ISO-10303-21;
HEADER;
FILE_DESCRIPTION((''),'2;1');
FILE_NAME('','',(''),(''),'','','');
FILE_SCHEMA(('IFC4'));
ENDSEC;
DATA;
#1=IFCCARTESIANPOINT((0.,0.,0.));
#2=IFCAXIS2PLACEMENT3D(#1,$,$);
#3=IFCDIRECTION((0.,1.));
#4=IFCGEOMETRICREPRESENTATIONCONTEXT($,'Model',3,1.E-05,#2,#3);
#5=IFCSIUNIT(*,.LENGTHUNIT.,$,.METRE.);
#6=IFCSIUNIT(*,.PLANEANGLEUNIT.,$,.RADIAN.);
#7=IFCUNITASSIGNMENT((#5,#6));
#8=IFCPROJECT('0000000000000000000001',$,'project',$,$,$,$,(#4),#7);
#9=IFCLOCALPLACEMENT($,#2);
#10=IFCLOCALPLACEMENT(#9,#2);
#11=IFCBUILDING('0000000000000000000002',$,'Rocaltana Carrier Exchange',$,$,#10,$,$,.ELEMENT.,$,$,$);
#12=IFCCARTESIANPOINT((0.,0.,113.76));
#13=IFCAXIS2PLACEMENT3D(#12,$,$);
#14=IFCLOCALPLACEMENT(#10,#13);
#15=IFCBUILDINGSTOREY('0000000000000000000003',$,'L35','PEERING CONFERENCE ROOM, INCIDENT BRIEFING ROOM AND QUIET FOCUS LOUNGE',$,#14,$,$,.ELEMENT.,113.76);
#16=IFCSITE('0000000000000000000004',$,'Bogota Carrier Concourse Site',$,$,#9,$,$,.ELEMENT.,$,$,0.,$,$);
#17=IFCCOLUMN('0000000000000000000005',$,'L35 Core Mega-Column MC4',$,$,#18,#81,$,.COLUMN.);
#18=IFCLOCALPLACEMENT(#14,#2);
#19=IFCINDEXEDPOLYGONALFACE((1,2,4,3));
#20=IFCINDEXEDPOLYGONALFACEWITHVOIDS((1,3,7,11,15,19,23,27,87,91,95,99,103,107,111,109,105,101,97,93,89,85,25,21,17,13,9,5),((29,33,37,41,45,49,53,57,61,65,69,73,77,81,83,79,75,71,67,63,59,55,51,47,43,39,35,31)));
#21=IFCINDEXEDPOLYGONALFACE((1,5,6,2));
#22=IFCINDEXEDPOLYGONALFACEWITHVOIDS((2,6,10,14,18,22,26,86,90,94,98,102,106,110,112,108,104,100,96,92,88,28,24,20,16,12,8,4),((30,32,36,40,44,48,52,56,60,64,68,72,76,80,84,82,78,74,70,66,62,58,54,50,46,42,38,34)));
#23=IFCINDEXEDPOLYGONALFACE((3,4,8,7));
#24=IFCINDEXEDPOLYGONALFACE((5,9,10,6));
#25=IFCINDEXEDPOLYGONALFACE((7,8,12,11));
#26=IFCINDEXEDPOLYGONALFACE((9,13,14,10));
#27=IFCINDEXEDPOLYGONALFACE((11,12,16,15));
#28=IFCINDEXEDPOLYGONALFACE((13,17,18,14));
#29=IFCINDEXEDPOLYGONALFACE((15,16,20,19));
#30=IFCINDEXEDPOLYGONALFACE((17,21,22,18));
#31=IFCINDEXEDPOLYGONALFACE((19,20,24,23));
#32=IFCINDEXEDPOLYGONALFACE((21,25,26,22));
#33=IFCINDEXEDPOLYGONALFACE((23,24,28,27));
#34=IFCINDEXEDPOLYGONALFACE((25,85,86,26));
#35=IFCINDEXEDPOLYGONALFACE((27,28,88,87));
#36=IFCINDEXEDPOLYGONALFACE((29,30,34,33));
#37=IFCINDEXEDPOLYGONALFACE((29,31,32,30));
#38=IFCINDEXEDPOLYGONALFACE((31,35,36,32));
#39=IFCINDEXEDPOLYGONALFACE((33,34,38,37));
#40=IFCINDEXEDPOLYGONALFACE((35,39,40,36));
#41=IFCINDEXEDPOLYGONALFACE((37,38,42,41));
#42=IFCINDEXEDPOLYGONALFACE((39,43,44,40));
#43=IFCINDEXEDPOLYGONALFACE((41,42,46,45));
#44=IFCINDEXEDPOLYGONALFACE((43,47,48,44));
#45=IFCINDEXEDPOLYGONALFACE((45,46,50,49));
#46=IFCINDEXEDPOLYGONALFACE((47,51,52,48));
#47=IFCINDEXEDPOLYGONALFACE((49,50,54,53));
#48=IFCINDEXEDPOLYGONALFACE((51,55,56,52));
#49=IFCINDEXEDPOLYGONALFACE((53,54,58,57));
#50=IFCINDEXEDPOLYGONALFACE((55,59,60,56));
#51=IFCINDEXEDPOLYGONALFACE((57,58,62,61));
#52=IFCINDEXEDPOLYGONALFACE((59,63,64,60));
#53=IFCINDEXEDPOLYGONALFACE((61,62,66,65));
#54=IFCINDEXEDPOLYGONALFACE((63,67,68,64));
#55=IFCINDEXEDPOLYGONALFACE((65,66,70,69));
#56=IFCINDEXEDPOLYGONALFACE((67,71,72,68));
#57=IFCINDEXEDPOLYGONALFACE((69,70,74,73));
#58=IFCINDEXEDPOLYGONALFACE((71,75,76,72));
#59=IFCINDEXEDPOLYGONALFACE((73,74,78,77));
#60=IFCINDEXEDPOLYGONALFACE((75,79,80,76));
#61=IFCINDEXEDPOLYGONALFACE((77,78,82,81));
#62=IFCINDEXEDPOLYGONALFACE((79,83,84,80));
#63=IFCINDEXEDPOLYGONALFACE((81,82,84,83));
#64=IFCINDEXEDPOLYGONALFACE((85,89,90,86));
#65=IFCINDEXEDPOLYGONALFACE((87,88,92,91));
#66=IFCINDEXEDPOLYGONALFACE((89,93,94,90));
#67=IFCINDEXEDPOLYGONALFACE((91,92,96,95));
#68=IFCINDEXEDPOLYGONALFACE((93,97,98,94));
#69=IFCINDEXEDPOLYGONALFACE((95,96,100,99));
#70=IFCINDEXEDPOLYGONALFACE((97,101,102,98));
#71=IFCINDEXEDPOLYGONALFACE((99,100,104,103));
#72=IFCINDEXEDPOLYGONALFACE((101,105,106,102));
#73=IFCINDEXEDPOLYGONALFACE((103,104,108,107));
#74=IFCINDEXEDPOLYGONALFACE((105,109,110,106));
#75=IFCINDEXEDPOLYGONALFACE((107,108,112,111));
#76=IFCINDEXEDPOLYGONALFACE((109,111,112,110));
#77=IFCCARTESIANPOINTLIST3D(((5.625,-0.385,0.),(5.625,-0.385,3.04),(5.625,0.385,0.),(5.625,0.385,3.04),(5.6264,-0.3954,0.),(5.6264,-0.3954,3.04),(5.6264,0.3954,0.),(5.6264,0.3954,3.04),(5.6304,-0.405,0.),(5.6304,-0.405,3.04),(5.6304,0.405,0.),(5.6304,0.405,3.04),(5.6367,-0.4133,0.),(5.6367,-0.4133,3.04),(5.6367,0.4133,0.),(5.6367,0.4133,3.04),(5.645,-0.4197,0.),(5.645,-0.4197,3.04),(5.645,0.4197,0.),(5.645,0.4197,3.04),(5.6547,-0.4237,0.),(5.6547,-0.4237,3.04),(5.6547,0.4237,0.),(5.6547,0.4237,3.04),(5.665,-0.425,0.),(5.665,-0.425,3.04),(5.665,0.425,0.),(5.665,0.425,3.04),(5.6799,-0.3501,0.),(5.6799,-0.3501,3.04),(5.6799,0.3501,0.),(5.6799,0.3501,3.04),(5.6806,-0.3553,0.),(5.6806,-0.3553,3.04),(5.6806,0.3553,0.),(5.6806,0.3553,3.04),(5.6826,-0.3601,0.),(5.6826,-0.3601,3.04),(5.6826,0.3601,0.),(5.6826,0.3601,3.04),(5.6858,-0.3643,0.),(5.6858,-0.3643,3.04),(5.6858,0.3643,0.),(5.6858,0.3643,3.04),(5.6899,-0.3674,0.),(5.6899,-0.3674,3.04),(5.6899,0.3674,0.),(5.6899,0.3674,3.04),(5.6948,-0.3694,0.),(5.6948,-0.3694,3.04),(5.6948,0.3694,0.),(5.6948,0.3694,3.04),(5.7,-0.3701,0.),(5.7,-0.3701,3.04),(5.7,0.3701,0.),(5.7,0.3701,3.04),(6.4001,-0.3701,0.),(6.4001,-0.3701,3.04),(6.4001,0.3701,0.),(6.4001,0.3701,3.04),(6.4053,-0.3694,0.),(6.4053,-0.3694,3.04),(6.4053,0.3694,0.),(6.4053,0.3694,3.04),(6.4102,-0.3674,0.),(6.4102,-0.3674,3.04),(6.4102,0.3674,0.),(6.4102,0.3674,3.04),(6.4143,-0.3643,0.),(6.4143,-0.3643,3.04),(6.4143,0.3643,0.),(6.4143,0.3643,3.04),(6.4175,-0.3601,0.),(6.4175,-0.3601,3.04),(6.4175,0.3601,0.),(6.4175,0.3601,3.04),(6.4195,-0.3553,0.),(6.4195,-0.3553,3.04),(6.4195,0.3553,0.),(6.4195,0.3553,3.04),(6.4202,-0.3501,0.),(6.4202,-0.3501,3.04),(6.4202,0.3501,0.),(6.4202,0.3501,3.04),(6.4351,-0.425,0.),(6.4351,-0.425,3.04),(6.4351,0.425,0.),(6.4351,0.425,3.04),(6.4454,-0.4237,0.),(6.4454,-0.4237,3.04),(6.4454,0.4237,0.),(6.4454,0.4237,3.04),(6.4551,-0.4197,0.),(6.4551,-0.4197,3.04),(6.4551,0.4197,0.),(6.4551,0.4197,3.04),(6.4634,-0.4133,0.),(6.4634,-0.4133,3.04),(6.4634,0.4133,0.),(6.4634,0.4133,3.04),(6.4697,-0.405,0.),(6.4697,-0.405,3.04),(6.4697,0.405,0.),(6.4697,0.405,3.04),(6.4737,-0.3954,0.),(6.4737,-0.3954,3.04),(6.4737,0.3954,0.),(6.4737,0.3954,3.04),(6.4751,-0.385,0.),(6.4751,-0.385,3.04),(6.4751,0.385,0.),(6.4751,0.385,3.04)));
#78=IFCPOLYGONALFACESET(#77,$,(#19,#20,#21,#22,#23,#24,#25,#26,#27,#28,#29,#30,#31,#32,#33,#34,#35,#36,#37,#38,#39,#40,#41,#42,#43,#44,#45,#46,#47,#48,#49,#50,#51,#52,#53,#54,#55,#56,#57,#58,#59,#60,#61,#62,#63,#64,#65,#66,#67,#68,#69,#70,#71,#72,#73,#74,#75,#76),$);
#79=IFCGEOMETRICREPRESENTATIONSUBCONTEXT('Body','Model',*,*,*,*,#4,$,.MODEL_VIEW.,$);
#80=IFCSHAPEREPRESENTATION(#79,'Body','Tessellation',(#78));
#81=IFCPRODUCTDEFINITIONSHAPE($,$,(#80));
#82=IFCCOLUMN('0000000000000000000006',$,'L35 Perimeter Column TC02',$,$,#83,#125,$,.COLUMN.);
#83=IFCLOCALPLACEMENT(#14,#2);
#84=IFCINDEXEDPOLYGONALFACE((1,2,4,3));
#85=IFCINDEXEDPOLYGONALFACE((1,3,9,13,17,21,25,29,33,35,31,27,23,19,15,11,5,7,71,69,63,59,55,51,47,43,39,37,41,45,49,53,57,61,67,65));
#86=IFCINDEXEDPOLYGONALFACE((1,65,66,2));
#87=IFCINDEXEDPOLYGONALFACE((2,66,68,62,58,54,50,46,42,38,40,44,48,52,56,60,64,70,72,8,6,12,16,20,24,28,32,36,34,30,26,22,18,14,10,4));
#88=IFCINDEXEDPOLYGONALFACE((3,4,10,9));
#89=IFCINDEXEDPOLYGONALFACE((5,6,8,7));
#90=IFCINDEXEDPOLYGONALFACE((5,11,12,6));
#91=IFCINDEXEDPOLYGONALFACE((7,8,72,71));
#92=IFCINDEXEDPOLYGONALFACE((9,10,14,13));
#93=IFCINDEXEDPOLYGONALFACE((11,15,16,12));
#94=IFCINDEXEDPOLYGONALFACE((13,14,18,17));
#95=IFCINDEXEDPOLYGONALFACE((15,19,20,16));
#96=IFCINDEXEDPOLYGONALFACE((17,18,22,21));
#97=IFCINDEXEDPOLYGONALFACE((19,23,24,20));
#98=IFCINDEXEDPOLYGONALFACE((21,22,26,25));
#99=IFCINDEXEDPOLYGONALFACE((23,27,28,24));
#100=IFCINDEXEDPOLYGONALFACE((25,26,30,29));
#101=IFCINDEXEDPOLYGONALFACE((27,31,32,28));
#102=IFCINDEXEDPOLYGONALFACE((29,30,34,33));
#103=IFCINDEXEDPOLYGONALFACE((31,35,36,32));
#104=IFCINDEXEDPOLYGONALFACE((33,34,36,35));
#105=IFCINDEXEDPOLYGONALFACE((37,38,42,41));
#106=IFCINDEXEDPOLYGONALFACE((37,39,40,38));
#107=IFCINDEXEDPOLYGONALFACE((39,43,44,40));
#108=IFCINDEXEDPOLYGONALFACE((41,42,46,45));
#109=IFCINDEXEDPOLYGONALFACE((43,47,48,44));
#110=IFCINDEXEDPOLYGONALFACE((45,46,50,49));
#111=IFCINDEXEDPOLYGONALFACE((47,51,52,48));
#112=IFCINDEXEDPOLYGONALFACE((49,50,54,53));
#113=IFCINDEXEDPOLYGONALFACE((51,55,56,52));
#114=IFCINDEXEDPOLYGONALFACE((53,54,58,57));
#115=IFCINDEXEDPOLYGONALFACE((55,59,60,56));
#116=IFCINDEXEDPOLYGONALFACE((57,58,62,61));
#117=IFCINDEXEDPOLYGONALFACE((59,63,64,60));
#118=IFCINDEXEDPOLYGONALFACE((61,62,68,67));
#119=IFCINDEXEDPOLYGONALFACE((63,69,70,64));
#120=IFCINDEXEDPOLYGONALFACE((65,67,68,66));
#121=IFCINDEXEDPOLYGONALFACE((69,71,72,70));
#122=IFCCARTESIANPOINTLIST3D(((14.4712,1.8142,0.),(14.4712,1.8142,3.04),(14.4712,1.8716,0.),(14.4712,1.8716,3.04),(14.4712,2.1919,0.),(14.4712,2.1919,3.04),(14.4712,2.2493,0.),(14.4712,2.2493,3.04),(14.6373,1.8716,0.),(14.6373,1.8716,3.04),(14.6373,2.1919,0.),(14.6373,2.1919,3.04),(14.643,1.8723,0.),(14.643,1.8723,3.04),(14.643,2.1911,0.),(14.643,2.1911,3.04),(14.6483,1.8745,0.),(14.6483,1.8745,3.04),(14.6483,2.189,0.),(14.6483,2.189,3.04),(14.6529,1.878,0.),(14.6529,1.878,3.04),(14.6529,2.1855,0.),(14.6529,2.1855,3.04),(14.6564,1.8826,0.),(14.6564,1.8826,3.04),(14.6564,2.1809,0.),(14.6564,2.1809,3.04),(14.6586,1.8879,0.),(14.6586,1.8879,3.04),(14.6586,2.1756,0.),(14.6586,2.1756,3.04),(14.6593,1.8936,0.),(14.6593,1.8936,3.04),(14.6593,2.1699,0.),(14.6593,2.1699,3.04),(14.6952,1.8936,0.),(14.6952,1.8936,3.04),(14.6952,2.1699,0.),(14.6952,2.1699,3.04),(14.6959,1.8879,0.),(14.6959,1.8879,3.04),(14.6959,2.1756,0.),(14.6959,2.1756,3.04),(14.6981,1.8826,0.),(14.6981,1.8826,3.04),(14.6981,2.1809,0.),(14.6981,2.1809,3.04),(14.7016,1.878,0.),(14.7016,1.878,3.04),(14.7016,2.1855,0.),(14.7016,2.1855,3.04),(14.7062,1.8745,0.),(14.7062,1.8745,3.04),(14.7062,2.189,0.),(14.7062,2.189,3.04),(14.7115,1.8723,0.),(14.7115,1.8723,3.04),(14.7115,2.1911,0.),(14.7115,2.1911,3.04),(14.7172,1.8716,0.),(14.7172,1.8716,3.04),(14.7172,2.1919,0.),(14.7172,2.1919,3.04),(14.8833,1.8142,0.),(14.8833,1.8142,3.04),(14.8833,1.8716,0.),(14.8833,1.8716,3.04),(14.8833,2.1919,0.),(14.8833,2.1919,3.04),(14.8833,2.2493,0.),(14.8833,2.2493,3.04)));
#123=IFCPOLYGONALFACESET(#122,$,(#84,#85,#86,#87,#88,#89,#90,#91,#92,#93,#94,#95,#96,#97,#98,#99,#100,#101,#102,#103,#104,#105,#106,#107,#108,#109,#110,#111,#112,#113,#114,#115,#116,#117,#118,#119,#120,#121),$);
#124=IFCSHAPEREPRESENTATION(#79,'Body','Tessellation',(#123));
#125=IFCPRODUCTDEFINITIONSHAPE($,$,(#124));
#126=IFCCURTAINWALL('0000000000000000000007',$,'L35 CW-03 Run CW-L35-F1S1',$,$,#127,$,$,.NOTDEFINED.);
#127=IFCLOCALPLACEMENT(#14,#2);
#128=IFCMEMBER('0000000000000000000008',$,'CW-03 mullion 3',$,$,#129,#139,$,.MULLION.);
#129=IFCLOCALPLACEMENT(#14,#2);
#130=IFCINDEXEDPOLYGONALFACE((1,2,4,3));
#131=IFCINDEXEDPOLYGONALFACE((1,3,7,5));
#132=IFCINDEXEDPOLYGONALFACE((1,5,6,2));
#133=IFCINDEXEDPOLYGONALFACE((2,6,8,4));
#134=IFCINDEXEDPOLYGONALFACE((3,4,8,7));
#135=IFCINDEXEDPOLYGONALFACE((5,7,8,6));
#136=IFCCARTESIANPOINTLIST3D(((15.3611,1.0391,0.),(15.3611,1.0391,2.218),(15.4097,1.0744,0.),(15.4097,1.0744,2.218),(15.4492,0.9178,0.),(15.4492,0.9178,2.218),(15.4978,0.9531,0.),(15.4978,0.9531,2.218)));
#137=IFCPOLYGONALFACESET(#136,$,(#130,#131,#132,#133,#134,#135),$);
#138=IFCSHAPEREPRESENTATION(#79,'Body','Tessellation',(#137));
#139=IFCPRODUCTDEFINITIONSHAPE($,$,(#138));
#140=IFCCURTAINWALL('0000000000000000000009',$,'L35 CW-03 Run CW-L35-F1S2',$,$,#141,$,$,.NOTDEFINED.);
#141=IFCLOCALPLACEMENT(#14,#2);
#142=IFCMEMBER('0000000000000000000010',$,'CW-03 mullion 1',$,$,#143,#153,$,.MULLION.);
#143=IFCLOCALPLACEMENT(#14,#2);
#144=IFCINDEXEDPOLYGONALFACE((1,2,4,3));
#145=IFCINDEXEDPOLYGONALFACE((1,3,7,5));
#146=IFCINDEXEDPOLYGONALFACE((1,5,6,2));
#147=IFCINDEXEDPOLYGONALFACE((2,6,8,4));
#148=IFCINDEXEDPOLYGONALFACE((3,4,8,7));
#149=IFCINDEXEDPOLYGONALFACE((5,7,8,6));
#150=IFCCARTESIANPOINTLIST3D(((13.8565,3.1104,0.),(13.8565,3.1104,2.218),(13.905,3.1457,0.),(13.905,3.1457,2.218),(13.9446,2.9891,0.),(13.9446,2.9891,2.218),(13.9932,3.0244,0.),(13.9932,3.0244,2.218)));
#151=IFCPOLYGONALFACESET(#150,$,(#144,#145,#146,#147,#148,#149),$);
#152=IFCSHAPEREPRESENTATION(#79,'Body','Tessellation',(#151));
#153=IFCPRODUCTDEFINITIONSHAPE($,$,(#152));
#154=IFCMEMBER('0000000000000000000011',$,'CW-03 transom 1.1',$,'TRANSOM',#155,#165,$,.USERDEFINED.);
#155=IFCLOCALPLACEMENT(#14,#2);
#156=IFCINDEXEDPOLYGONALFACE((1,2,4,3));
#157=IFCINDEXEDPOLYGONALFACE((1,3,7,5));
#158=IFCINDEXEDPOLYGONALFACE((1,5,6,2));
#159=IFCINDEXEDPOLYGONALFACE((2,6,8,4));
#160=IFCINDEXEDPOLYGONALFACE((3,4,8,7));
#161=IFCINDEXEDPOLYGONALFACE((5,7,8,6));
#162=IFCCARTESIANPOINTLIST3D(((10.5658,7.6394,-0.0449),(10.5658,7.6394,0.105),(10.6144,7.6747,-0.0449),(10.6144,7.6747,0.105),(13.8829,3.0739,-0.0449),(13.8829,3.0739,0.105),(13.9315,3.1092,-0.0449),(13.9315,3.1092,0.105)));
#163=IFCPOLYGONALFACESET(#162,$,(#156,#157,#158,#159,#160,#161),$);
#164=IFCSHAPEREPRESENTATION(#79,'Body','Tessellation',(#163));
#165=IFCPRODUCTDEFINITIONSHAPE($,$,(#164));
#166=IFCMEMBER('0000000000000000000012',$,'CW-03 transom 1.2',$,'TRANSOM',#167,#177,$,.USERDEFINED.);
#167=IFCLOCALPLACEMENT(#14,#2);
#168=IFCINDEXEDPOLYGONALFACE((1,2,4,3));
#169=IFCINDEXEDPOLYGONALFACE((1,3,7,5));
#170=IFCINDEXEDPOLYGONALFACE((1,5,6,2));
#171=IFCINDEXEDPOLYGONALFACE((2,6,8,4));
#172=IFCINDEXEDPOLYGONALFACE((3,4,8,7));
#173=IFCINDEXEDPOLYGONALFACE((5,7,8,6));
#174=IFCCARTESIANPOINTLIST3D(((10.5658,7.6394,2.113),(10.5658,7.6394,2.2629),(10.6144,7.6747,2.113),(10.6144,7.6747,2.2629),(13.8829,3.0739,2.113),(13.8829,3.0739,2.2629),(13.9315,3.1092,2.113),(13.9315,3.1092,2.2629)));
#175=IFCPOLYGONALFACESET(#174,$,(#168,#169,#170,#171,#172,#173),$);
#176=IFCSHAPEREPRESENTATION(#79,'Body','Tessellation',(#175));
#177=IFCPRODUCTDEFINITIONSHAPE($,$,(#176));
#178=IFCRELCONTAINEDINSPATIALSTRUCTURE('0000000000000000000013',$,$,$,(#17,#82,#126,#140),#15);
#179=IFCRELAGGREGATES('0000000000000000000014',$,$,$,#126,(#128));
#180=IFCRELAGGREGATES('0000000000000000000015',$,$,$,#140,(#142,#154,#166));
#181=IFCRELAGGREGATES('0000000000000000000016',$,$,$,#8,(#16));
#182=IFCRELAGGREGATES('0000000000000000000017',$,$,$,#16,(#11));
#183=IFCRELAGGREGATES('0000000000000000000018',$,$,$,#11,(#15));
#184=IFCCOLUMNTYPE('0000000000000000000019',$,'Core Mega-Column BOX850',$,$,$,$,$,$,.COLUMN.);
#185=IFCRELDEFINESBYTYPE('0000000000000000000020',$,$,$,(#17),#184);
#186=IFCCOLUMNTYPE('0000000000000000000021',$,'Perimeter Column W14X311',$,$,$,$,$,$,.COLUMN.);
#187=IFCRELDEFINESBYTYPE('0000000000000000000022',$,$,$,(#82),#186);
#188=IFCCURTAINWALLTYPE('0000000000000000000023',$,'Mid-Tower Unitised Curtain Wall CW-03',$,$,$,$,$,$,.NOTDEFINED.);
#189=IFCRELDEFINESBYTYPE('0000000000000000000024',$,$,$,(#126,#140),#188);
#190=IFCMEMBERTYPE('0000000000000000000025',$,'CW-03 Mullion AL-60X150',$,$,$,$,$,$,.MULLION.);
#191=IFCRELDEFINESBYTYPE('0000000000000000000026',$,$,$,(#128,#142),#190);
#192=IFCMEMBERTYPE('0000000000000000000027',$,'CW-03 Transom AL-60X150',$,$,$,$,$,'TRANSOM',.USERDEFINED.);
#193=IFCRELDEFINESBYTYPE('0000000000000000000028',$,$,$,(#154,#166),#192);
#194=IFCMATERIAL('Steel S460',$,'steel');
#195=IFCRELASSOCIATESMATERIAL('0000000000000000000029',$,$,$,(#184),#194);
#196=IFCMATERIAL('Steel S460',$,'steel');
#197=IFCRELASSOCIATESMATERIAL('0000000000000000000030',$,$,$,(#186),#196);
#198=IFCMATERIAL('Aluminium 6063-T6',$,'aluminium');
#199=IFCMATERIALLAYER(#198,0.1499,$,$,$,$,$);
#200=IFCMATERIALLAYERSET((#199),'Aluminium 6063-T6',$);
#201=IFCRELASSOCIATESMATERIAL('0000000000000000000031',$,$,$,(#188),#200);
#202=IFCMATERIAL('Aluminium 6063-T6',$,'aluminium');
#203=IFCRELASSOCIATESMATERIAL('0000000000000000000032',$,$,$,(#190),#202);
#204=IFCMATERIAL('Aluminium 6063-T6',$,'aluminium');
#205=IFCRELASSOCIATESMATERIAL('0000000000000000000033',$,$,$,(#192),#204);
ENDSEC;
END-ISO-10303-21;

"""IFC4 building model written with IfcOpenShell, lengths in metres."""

from ifc_helpers import new_model, si_unit, direction, frame, origin, origin_2d, place, context, subcontext, project, spatial, rectangle, hollow_rectangle, i_section, extrude, material, layer, layer_set, material_profile, profile_set, type_object, element, aggregate, save


model = new_model("IFC4")

# Units and contexts
model_context = context("Model", 3, precision=1e-05, world=origin(), true_north=direction((0.0, 1.0)))
body_context = subcontext(model_context, "Body", "Model", "MODEL_VIEW")
ifc_project = project(units=[si_unit("LENGTHUNIT", "METRE"), si_unit("PLANEANGLEUNIT", "RADIAN")], contexts=[model_context])

# Site, building, storey
site_placement = place(None, origin())
site = spatial("IfcSite", under=ifc_project, at=site_placement, Name="Bogota Carrier Concourse Site", CompositionType="ELEMENT", RefElevation=0.0)
building_placement = place(site_placement, origin())
building = spatial("IfcBuilding", under=site, at=building_placement, Name="Rocaltana Carrier Exchange", CompositionType="ELEMENT")
storey_placement = place(building_placement, frame((0.0, 0.0, 113.76)))
storey = spatial("IfcBuildingStorey", under=building, at=storey_placement, Name="L35", Description="PEERING CONFERENCE ROOM, INCIDENT BRIEFING ROOM AND QUIET FOCUS LOUNGE", CompositionType="ELEMENT", Elevation=113.76)

# Columns
ifc_material_1 = material(Name="Steel S460", Category="steel")
ifc_material_profile_1 = material_profile(ifc_material_1, hollow_rectangle(XDim=0.8501, YDim=0.8501, WallThickness=0.0549, InnerFilletRadius=0.02, OuterFilletRadius=0.04, at=origin_2d()), Name="BOX850X850X55")
ifc_profile_set_1 = profile_set([ifc_material_profile_1], Name="Steel S460")
column_type_1 = type_object("IfcColumnType", Name="Core Mega-Column BOX850", PredefinedType="COLUMN", material=ifc_profile_set_1)
column_1_placement = place(storey_placement, frame((6.05, 0.0, 0.0), z_axis=(0.0, 0.0, 1.0), x_axis=(1.0, 0.0, 0.0)))
element("IfcColumn", 1, at=column_1_placement, inside=storey, type_object=column_type_1, Name="L35 Core Mega-Column MC4", PredefinedType="COLUMN", context=body_context, shape_type="SweptSolid", body=[
    extrude(hollow_rectangle(XDim=0.8501, YDim=0.8501, WallThickness=0.0549, InnerFilletRadius=0.02, OuterFilletRadius=0.04, at=origin_2d()), origin(), (0.0, 0.0, 1.0), 3.04),
])
ifc_material_2 = material(Name="Steel S460", Category="steel")
ifc_material_profile_2 = material_profile(ifc_material_2, i_section(OverallWidth=0.4121, OverallDepth=0.4351, WebThickness=0.0359, FlangeThickness=0.0574, FilletRadius=0.022, at=origin_2d()), Name="W14X311")
ifc_profile_set_2 = profile_set([ifc_material_profile_2], Name="Steel S460")
column_type_2 = type_object("IfcColumnType", Name="Perimeter Column W14X311", PredefinedType="COLUMN", material=ifc_profile_set_2)
column_2_placement = place(storey_placement, frame((14.6772, 2.0317, 0.0), z_axis=(0.0, 0.0, 1.0), x_axis=(1.0, 0.0, 0.0)))
element("IfcColumn", 2, at=column_2_placement, inside=storey, type_object=column_type_2, Name="L35 Perimeter Column TC02", PredefinedType="COLUMN", context=body_context, shape_type="SweptSolid", body=[
    extrude(i_section(OverallWidth=0.4121, OverallDepth=0.4351, WebThickness=0.0359, FlangeThickness=0.0574, FilletRadius=0.022, at=origin_2d()), origin(), (0.0, 0.0, 1.0), 3.04),
])

# Curtain wall, member
ifc_material_3 = material(Name="Aluminium 6063-T6", Category="aluminium")
ifc_layer_1 = layer(ifc_material_3, 0.1499)
ifc_layer_set_1 = layer_set([ifc_layer_1], Name="Aluminium 6063-T6")
curtain_wall_type = type_object("IfcCurtainWallType", Name="Mid-Tower Unitised Curtain Wall CW-03", PredefinedType="NOTDEFINED", material=ifc_layer_set_1)
curtain_wall_1_placement = place(storey_placement, origin())
curtain_wall_1 = element("IfcCurtainWall", 3, at=curtain_wall_1_placement, inside=storey, type_object=curtain_wall_type, Name="L35 CW-03 Run CW-L35-F1S1", PredefinedType="NOTDEFINED")
ifc_material_4 = material(Name="Aluminium 6063-T6", Category="aluminium")
ifc_material_profile_3 = material_profile(ifc_material_4, rectangle(XDim=0.0601, YDim=0.1499, at=origin_2d()), Name="AL-60X150")
ifc_profile_set_3 = profile_set([ifc_material_profile_3], Name="Aluminium 6063-T6")
member_type_1 = type_object("IfcMemberType", Name="CW-03 Mullion AL-60X150", PredefinedType="MULLION", material=ifc_profile_set_3)
member_1_placement = place(storey_placement, frame((15.4294, 0.9961, 0.0), z_axis=(0.0, 0.0, 1.0), x_axis=(-0.809014, -0.58779, 0.0)))
member_1 = element("IfcMember", 4, at=member_1_placement, type_object=member_type_1, Name="CW-03 mullion 3", PredefinedType="MULLION", context=body_context, shape_type="SweptSolid", body=[
    extrude(rectangle(XDim=0.0601, YDim=0.1499, at=origin_2d()), origin(), (0.0, 0.0, 1.0), 2.218),
])
aggregate(curtain_wall_1, [member_1])

# Curtain wall, members
curtain_wall_2_placement = place(storey_placement, origin())
curtain_wall_2 = element("IfcCurtainWall", 5, at=curtain_wall_2_placement, inside=storey, type_object=curtain_wall_type, Name="L35 CW-03 Run CW-L35-F1S2", PredefinedType="NOTDEFINED")
member_2_placement = place(storey_placement, frame((13.9248, 3.0674, 0.0), z_axis=(0.0, 0.0, 1.0), x_axis=(-0.809014, -0.58779, 0.0)))
member_2 = element("IfcMember", 6, at=member_2_placement, type_object=member_type_1, Name="CW-03 mullion 1", PredefinedType="MULLION", context=body_context, shape_type="SweptSolid", body=[
    extrude(rectangle(XDim=0.0601, YDim=0.1499, at=origin_2d()), origin(), (0.0, 0.0, 1.0), 2.218),
])
ifc_material_5 = material(Name="Aluminium 6063-T6", Category="aluminium")
ifc_material_profile_4 = material_profile(ifc_material_5, rectangle(XDim=0.0601, YDim=0.1499, at=origin_2d()), Name="AL-60X150")
ifc_profile_set_4 = profile_set([ifc_material_profile_4], Name="Aluminium 6063-T6")
member_type_2 = type_object("IfcMemberType", Name="CW-03 Transom AL-60X150", ElementType="TRANSOM", PredefinedType="USERDEFINED", material=ifc_profile_set_4)
member_3_placement = place(storey_placement, frame((13.9072, 3.0916, 0.03), z_axis=(-0.587804, 0.809004, 0.0), x_axis=(-0.809004, -0.587804, 0.0)))
member_3 = element("IfcMember", 7, at=member_3_placement, type_object=member_type_2, Name="CW-03 transom 1.1", ObjectType="TRANSOM", PredefinedType="USERDEFINED", context=body_context, shape_type="SweptSolid", body=[
    extrude(rectangle(XDim=0.0601, YDim=0.1499, at=origin_2d()), origin(), (0.0, 0.0, 1.0), 5.6433),
])
member_4_placement = place(storey_placement, frame((13.9072, 3.0916, 2.188), z_axis=(-0.587804, 0.809004, 0.0), x_axis=(-0.809004, -0.587804, 0.0)))
member_4 = element("IfcMember", 8, at=member_4_placement, type_object=member_type_2, Name="CW-03 transom 1.2", ObjectType="TRANSOM", PredefinedType="USERDEFINED", context=body_context, shape_type="SweptSolid", body=[
    extrude(rectangle(XDim=0.0601, YDim=0.1499, at=origin_2d()), origin(), (0.0, 0.0, 1.0), 5.6433),
])
aggregate(curtain_wall_2, [member_2, member_3, member_4])

save(model, "model.ifc")
